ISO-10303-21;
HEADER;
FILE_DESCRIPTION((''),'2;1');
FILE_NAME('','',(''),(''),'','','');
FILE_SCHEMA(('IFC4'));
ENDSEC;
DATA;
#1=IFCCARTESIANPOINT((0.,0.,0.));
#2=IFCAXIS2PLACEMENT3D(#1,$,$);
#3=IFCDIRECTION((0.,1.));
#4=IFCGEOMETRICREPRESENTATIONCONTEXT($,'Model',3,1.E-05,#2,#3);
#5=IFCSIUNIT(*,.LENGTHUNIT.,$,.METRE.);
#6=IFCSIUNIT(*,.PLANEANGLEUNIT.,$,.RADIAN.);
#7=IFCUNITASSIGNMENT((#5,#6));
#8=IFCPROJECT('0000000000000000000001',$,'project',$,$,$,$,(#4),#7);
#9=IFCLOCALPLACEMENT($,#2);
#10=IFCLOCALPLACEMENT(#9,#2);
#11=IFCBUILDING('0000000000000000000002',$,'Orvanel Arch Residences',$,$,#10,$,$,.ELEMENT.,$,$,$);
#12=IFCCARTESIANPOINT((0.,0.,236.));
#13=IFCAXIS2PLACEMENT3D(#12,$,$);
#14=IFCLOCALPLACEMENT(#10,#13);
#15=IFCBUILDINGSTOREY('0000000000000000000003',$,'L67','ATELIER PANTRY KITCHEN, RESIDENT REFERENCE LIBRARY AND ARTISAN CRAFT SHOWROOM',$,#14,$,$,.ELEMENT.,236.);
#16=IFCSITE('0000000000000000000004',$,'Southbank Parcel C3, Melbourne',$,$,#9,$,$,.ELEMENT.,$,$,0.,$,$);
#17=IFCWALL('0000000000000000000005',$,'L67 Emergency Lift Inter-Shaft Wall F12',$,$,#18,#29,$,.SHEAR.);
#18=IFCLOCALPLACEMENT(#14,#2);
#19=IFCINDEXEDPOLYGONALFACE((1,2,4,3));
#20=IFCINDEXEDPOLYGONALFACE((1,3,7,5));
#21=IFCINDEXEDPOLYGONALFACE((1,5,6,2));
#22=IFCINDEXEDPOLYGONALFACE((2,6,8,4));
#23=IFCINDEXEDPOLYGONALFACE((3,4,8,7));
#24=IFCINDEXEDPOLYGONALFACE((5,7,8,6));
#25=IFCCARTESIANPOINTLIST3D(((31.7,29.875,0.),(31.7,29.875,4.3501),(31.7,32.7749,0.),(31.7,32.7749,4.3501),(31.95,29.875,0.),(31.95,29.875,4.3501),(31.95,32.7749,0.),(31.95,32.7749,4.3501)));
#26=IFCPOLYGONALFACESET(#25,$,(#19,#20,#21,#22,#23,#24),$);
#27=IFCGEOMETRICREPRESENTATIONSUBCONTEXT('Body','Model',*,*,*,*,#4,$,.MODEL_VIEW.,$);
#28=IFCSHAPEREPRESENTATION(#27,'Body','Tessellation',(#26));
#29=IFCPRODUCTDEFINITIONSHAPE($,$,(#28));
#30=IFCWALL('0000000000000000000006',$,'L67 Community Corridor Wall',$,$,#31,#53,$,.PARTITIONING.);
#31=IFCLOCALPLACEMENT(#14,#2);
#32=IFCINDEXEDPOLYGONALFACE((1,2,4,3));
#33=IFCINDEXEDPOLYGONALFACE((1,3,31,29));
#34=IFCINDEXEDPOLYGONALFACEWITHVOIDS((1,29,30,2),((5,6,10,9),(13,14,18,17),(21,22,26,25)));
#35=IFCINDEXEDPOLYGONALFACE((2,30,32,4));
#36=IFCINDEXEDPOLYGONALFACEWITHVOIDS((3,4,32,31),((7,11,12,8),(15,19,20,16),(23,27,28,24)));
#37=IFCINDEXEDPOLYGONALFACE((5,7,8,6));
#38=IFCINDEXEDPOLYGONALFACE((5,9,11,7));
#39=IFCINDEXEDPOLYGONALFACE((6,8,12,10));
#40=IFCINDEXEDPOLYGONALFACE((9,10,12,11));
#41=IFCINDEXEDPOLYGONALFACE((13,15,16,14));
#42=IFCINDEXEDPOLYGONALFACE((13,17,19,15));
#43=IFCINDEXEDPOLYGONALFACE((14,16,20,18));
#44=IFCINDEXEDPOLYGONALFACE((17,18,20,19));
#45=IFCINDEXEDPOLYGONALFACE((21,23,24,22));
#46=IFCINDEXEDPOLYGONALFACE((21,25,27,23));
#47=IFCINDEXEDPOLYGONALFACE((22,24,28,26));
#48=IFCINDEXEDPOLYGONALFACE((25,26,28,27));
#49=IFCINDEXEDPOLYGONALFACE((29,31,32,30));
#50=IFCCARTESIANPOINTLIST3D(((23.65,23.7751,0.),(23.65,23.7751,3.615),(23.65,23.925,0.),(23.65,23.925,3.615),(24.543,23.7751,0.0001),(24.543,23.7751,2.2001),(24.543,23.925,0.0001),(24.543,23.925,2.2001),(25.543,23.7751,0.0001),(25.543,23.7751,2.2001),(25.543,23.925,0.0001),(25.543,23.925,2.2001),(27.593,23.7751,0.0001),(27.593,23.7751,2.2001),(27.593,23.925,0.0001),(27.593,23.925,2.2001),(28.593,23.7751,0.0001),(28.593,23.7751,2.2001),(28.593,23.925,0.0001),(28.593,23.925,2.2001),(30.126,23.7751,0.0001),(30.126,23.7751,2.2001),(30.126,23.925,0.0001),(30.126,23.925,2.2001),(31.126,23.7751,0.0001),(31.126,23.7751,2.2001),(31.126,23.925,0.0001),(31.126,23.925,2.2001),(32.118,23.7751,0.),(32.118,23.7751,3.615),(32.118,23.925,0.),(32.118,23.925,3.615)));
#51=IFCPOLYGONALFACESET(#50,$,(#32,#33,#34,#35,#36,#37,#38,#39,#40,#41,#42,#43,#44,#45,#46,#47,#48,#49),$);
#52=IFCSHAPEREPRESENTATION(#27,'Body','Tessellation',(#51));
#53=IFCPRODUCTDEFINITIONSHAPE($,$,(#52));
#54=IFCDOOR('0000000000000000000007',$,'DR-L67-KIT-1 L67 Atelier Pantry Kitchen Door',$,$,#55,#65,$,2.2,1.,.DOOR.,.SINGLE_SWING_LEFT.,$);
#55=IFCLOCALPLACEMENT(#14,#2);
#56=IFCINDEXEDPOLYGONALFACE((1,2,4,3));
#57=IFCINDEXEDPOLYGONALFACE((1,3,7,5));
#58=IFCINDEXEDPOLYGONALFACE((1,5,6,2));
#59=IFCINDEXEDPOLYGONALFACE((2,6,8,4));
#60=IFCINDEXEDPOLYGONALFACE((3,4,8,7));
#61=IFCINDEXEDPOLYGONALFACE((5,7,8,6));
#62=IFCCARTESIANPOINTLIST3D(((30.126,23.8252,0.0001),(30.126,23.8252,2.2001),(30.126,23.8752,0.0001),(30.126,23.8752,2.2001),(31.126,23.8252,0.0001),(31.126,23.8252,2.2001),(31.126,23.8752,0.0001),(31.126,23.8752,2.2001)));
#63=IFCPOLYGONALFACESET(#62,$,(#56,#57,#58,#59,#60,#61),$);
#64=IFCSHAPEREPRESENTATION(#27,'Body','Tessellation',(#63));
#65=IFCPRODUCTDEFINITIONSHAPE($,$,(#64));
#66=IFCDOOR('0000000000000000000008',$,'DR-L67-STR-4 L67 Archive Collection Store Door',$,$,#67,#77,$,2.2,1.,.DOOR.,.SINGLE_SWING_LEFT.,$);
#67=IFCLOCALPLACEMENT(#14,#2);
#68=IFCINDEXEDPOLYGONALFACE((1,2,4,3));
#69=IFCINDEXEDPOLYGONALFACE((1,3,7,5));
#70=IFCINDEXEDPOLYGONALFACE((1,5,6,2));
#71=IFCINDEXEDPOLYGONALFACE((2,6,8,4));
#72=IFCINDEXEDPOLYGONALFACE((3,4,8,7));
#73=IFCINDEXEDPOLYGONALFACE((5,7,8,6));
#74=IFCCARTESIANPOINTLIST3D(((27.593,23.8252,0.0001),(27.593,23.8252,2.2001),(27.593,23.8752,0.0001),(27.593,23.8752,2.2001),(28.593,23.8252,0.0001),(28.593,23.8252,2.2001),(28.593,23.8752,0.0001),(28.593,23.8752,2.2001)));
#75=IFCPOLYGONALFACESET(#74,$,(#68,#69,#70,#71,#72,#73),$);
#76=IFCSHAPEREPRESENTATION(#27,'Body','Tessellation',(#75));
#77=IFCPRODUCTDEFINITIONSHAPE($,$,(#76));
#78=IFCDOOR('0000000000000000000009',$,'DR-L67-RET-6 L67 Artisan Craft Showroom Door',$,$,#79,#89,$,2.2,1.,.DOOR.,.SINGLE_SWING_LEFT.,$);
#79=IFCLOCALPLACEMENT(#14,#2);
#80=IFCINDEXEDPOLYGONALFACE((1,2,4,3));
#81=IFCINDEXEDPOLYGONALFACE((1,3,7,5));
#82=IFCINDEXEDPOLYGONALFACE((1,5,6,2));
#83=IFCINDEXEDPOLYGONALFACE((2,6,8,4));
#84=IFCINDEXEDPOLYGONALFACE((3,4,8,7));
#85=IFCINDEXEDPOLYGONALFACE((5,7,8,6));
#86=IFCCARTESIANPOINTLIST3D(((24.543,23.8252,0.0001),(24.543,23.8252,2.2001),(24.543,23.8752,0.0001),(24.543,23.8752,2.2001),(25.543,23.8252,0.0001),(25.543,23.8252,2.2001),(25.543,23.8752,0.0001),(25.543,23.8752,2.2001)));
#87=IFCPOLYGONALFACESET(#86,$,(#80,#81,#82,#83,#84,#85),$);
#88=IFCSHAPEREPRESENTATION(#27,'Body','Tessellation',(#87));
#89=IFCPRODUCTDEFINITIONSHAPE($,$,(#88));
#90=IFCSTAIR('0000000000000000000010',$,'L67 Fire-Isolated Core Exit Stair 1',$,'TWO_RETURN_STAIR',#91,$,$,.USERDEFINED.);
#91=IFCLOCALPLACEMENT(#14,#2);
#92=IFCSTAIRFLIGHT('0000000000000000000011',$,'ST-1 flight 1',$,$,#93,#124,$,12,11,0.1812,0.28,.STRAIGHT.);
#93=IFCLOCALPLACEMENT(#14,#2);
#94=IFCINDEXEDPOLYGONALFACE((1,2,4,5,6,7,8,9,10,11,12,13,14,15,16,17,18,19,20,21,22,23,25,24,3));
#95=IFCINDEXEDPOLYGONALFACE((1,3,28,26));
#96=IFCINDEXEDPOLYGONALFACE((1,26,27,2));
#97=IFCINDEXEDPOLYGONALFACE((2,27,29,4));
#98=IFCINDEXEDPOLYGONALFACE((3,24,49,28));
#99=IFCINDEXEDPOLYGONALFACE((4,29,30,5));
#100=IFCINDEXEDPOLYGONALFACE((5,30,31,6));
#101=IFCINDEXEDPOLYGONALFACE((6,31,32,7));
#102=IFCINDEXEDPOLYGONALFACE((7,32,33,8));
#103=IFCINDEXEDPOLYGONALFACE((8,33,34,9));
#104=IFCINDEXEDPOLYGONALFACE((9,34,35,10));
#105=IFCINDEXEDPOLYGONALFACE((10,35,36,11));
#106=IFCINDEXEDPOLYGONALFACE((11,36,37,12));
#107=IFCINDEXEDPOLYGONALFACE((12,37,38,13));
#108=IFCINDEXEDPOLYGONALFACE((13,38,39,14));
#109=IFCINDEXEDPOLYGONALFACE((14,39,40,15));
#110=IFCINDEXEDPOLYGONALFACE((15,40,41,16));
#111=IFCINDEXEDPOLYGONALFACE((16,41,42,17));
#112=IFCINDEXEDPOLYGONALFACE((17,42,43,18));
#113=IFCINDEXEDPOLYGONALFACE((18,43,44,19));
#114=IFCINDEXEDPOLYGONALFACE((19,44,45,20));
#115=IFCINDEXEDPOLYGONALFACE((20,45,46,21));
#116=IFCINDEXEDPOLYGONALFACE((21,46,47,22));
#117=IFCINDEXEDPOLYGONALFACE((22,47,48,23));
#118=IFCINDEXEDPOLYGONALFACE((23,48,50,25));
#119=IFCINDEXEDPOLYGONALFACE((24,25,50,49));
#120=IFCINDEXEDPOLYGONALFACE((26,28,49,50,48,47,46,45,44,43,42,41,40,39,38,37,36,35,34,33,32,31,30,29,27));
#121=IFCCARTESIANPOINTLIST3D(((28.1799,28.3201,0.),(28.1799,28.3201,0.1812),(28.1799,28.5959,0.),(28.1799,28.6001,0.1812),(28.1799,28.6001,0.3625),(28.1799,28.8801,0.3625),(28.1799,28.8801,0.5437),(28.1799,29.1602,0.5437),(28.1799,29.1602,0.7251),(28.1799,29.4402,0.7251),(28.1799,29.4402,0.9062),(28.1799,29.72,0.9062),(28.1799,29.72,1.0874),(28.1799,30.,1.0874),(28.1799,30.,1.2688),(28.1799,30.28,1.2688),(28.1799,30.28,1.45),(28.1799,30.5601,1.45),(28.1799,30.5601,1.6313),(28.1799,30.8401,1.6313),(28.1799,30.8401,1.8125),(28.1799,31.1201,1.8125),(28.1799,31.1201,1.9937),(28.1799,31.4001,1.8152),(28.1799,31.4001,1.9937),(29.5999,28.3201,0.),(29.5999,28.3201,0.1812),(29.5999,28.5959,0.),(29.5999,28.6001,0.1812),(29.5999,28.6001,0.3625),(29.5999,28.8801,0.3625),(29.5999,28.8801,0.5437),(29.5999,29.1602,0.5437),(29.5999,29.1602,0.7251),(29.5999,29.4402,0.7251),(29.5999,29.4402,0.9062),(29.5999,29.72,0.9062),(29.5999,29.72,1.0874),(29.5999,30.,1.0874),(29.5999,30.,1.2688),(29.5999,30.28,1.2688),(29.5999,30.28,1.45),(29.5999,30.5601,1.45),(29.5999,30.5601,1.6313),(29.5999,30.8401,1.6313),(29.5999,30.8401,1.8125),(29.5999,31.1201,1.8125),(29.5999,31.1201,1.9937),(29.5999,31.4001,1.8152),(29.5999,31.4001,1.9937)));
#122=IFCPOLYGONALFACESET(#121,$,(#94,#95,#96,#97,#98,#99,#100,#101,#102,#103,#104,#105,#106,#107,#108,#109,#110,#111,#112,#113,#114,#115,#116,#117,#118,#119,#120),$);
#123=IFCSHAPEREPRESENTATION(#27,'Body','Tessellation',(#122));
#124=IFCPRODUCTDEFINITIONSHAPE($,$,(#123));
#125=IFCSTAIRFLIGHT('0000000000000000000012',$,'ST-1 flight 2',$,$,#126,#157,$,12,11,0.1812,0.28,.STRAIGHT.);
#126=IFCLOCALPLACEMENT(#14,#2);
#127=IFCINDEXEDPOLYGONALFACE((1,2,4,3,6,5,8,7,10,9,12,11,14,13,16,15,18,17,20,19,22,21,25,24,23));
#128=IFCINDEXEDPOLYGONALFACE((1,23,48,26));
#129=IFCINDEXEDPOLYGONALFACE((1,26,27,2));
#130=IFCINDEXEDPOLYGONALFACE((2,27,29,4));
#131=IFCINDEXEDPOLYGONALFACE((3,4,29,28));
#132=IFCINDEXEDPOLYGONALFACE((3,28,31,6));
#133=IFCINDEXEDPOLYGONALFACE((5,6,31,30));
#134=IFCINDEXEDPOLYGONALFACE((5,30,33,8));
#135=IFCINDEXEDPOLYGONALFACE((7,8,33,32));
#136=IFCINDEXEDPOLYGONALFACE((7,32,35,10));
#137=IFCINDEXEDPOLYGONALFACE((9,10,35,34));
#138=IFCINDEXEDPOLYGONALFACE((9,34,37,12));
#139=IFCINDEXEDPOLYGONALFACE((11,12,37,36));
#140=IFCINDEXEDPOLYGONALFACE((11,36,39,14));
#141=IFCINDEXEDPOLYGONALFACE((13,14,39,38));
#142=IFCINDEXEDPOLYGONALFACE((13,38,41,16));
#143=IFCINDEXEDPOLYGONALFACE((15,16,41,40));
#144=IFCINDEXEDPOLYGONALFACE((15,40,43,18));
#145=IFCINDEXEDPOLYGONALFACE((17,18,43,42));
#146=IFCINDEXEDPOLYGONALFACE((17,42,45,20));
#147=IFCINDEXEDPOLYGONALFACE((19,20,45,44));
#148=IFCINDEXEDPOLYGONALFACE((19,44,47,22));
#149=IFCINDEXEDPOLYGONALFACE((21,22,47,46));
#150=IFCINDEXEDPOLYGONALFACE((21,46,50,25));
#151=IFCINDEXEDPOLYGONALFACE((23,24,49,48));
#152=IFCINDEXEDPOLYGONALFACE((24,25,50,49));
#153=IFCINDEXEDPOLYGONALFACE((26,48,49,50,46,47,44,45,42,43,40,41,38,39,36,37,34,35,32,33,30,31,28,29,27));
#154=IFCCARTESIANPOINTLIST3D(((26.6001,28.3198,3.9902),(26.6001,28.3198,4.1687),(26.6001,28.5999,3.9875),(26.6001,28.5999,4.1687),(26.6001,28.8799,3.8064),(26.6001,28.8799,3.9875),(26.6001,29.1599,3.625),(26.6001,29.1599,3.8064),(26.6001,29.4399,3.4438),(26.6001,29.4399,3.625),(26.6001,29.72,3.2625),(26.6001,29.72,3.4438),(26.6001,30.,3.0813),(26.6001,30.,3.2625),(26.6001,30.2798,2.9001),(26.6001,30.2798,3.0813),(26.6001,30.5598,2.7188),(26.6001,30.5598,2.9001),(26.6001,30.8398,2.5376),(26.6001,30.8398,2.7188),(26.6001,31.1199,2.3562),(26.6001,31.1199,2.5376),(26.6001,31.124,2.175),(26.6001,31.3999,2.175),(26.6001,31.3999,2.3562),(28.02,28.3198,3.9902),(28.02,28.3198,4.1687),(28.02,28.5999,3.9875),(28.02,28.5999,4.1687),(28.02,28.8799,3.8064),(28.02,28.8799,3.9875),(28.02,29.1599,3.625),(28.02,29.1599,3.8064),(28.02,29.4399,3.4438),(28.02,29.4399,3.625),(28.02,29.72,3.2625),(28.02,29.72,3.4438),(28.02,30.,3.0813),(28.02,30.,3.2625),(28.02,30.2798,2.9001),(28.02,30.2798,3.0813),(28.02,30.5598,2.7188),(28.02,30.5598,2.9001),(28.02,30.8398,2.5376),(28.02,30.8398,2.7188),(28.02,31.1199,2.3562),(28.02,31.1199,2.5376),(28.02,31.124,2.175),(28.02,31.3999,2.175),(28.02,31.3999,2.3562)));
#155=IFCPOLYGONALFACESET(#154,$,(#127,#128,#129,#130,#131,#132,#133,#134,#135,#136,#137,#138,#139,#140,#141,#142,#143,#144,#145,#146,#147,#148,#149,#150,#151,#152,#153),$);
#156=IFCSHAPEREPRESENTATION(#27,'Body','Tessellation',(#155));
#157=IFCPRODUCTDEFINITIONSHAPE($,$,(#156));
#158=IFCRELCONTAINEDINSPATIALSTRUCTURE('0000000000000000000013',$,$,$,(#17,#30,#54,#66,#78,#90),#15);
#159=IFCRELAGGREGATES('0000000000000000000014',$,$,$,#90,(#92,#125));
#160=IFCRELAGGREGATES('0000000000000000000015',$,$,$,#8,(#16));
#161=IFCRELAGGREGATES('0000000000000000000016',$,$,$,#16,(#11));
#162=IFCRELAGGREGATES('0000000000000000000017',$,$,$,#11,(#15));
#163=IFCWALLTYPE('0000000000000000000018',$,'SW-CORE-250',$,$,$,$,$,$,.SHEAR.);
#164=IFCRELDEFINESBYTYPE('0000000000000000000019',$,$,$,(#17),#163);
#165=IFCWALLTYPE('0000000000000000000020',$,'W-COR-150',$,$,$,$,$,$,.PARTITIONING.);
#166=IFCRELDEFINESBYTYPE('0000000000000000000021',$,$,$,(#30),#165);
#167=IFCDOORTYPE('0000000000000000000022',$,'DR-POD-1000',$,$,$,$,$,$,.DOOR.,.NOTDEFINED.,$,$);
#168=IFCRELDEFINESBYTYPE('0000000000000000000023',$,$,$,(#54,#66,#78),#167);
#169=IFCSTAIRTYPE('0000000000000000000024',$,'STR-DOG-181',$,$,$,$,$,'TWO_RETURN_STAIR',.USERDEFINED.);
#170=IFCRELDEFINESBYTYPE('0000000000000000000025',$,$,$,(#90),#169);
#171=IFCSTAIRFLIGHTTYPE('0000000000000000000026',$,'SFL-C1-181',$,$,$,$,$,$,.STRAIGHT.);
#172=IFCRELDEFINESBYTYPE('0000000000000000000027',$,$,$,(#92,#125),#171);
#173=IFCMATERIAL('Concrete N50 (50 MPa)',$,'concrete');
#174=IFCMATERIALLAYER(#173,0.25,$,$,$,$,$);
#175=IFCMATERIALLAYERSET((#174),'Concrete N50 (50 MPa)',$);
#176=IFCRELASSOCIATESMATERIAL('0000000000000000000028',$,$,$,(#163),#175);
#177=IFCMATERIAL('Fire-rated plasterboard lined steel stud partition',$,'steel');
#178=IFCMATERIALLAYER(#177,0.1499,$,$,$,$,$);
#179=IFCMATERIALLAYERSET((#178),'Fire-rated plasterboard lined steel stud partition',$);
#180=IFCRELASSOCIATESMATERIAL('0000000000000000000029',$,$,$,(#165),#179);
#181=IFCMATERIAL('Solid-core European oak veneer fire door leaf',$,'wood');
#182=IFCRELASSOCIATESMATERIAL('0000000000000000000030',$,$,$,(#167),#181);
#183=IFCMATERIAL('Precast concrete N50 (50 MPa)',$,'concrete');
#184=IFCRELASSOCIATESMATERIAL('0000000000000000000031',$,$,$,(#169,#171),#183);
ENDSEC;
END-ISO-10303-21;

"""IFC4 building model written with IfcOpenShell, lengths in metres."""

from ifc_helpers import new_model, si_unit, direction, frame, frame_2d, origin, place, context, subcontext, project, spatial, polyline, rectangle, outline, extrude, material, layer, layer_set, type_object, element, fill, aggregate, save


model = new_model("IFC4")

# Units and contexts
model_context = context("Model", 3, precision=1e-05, world=origin(), true_north=direction((0.0, 1.0)))
body_context = subcontext(model_context, "Body", "Model", "MODEL_VIEW")
ifc_project = project(units=[si_unit("LENGTHUNIT", "METRE"), si_unit("PLANEANGLEUNIT", "RADIAN")], contexts=[model_context])

# Site, building, storey
site_placement = place(None, origin())
site = spatial("IfcSite", under=ifc_project, at=site_placement, Name="Southbank Parcel C3, Melbourne", CompositionType="ELEMENT", RefElevation=0.0)
building_placement = place(site_placement, origin())
building = spatial("IfcBuilding", under=site, at=building_placement, Name="Orvanel Arch Residences", CompositionType="ELEMENT")
storey_placement = place(building_placement, frame((0.0, 0.0, 236.0)))
storey = spatial("IfcBuildingStorey", under=building, at=storey_placement, Name="L67", Description="ATELIER PANTRY KITCHEN, RESIDENT REFERENCE LIBRARY AND ARTISAN CRAFT SHOWROOM", CompositionType="ELEMENT", Elevation=236.0)

# Shared definitions
ifc_material_1 = material(Name="Concrete N50 (50 MPa)", Category="concrete")
ifc_layer_1 = layer(ifc_material_1, 0.25)
ifc_layer_set_1 = layer_set([ifc_layer_1], Name="Concrete N50 (50 MPa)")
wall_type_1 = type_object("IfcWallType", Name="SW-CORE-250", PredefinedType="SHEAR", material=ifc_layer_set_1)

# Wall
wall_1_placement = place(storey_placement, frame((31.825, 29.875, 0.0), z_axis=(0.0, 0.0, 1.0), x_axis=(0.0, 1.0, 0.0)))
element("IfcWall", 1, at=wall_1_placement, inside=storey, type_object=wall_type_1, Name="L67 Emergency Lift Inter-Shaft Wall F12", PredefinedType="SHEAR", context=body_context, shape_type="SweptSolid", body=[
    extrude(rectangle(XDim=2.8999, YDim=0.25, at=frame_2d((1.45, 0.0))), origin(), (0.0, 0.0, 1.0), 4.3501),
])

# Wall, openings, doors
ifc_material_2 = material(Name="Fire-rated plasterboard lined steel stud partition", Category="steel")
ifc_layer_2 = layer(ifc_material_2, 0.1499)
ifc_layer_set_2 = layer_set([ifc_layer_2], Name="Fire-rated plasterboard lined steel stud partition")
wall_type_2 = type_object("IfcWallType", Name="W-COR-150", PredefinedType="PARTITIONING", material=ifc_layer_set_2)
wall_2_placement = place(storey_placement, frame((32.1179, 23.8501, 0.0), z_axis=(0.0, 0.0, 1.0), x_axis=(-1.0, 0.0, 0.0)))
wall_2 = element("IfcWall", 2, at=wall_2_placement, inside=storey, type_object=wall_type_2, Name="L67 Community Corridor Wall", PredefinedType="PARTITIONING", context=body_context, shape_type="SweptSolid", body=[
    extrude(rectangle(XDim=8.468, YDim=0.1499, at=frame_2d((4.2339, 0.0))), origin(), (0.0, 0.0, 1.0), 3.615),
])
opening_1_placement = place(wall_2_placement, frame((0.9919, 0.0, 0.0)))
opening_1 = element("IfcOpeningElement", 3, at=opening_1_placement, cuts=wall_2, PredefinedType="OPENING", context=body_context, shape_type="SweptSolid", body=[
    extrude(rectangle(XDim=1.0, YDim=2.2, at=frame_2d((0.5, 1.1001))), frame((0.0, 0.085, 0.0), z_axis=(0.0, -1.0, 0.0), x_axis=(1.0, 0.0, 0.0)), (0.0, 0.0, 1.0), 0.1699),
])
opening_2_placement = place(wall_2_placement, frame((3.5249, 0.0, 0.0)))
opening_2 = element("IfcOpeningElement", 4, at=opening_2_placement, cuts=wall_2, PredefinedType="OPENING", context=body_context, shape_type="SweptSolid", body=[
    extrude(rectangle(XDim=1.0, YDim=2.2, at=frame_2d((0.5, 1.1001))), frame((0.0, 0.085, 0.0), z_axis=(0.0, -1.0, 0.0), x_axis=(1.0, 0.0, 0.0)), (0.0, 0.0, 1.0), 0.1699),
])
opening_3_placement = place(wall_2_placement, frame((6.575, 0.0, 0.0)))
opening_3 = element("IfcOpeningElement", 5, at=opening_3_placement, cuts=wall_2, PredefinedType="OPENING", context=body_context, shape_type="SweptSolid", body=[
    extrude(rectangle(XDim=1.0, YDim=2.2, at=frame_2d((0.5, 1.1001))), frame((0.0, 0.085, 0.0), z_axis=(0.0, -1.0, 0.0), x_axis=(1.0, 0.0, 0.0)), (0.0, 0.0, 1.0), 0.1699),
])
ifc_material_3 = material(Name="Solid-core European oak veneer fire door leaf", Category="wood")
door_type_1 = type_object("IfcDoorType", Name="DR-POD-1000", OperationType="NOTDEFINED", PredefinedType="DOOR", material=ifc_material_3)
door_1_placement = place(opening_1_placement, origin())
door_1 = element("IfcDoor", 6, at=door_1_placement, inside=storey, type_object=door_type_1, Name="DR-L67-KIT-1 L67 Atelier Pantry Kitchen Door", OperationType="SINGLE_SWING_LEFT", OverallHeight=2.2, OverallWidth=1.0, PredefinedType="DOOR", context=body_context, shape_type="SweptSolid", body=[
    extrude(rectangle(XDim=1.0, YDim=2.2, at=frame_2d((0.5, 1.1001))), frame((0.0, 0.0249, 0.0), z_axis=(0.0, -1.0, 0.0), x_axis=(1.0, 0.0, 0.0)), (0.0, 0.0, 1.0), 0.05),
])
fill(opening_1, door_1)
door_2_placement = place(opening_2_placement, origin())
door_2 = element("IfcDoor", 7, at=door_2_placement, inside=storey, type_object=door_type_1, Name="DR-L67-STR-4 L67 Archive Collection Store Door", OperationType="SINGLE_SWING_LEFT", OverallHeight=2.2, OverallWidth=1.0, PredefinedType="DOOR", context=body_context, shape_type="SweptSolid", body=[
    extrude(rectangle(XDim=1.0, YDim=2.2, at=frame_2d((0.5, 1.1001))), frame((0.0, 0.0249, 0.0), z_axis=(0.0, -1.0, 0.0), x_axis=(1.0, 0.0, 0.0)), (0.0, 0.0, 1.0), 0.05),
])
fill(opening_2, door_2)
door_3_placement = place(opening_3_placement, origin())
door_3 = element("IfcDoor", 8, at=door_3_placement, inside=storey, type_object=door_type_1, Name="DR-L67-RET-6 L67 Artisan Craft Showroom Door", OperationType="SINGLE_SWING_LEFT", OverallHeight=2.2, OverallWidth=1.0, PredefinedType="DOOR", context=body_context, shape_type="SweptSolid", body=[
    extrude(rectangle(XDim=1.0, YDim=2.2, at=frame_2d((0.5, 1.1001))), frame((0.0, 0.0249, 0.0), z_axis=(0.0, -1.0, 0.0), x_axis=(1.0, 0.0, 0.0)), (0.0, 0.0, 1.0), 0.05),
])
fill(opening_3, door_3)

# Stair, stair flights
ifc_material_4 = material(Name="Precast concrete N50 (50 MPa)", Category="concrete")
stair_type = type_object("IfcStairType", Name="STR-DOG-181", ElementType="TWO_RETURN_STAIR", PredefinedType="USERDEFINED", material=ifc_material_4)
stair_placement = place(storey_placement, origin())
stair = element("IfcStair", 9, at=stair_placement, inside=storey, type_object=stair_type, Name="L67 Fire-Isolated Core Exit Stair 1", ObjectType="TWO_RETURN_STAIR", PredefinedType="USERDEFINED")
stair_flight_type = type_object("IfcStairFlightType", Name="SFL-C1-181", PredefinedType="STRAIGHT", material=ifc_material_4)
stair_flight_1_placement = place(storey_placement, frame((28.8899, 28.3201, 0.0), z_axis=(0.0, 0.0, 1.0), x_axis=(0.0, 1.0, 0.0)))
stair_flight_1 = element("IfcStairFlight", 10, at=stair_flight_1_placement, type_object=stair_flight_type, Name="ST-1 flight 1", NumberOfRisers=12, NumberOfTreads=11, PredefinedType="STRAIGHT", RiserHeight=0.1812, TreadLength=0.28, context=body_context, shape_type="SweptSolid", body=[
    extrude(outline(polyline([(0.0, 0.0), (0.0, 0.1812), (0.28, 0.1812), (0.28, 0.3625), (0.5601, 0.3625), (0.5601, 0.5437), (0.8401, 0.5437), (0.8401, 0.7251), (1.1201, 0.7251), (1.1201, 0.9062), (1.3999, 0.9062), (1.3999, 1.0874), (1.6799, 1.0874), (1.6799, 1.2688), (1.96, 1.2688), (1.96, 1.45), (2.24, 1.45), (2.24, 1.6313), (2.52, 1.6313), (2.52, 1.8125), (2.8, 1.8125), (2.8, 1.9937), (3.0801, 1.9937), (3.0801, 2.175), (3.0801, 1.8152), (0.2759, 0.0), (0.0, 0.0)])), frame((0.0, 0.71, 0.0), z_axis=(0.0, -1.0, 0.0), x_axis=(1.0, 0.0, 0.0)), (0.0, 0.0, 1.0), 1.4199),
])
stair_flight_2_placement = place(storey_placement, frame((27.3101, 31.3999, 2.175), z_axis=(0.0, 0.0, 1.0), x_axis=(0.0, -1.0, 0.0)))
stair_flight_2 = element("IfcStairFlight", 11, at=stair_flight_2_placement, type_object=stair_flight_type, Name="ST-1 flight 2", NumberOfRisers=12, NumberOfTreads=11, PredefinedType="STRAIGHT", RiserHeight=0.1812, TreadLength=0.28, context=body_context, shape_type="SweptSolid", body=[
    extrude(outline(polyline([(0.0, 0.0), (0.0, 0.1812), (0.28, 0.1812), (0.28, 0.3625), (0.5601, 0.3625), (0.5601, 0.5437), (0.8401, 0.5437), (0.8401, 0.7251), (1.1201, 0.7251), (1.1201, 0.9062), (1.3999, 0.9062), (1.3999, 1.0874), (1.6799, 1.0874), (1.6799, 1.2688), (1.96, 1.2688), (1.96, 1.45), (2.24, 1.45), (2.24, 1.6313), (2.52, 1.6313), (2.52, 1.8125), (2.8, 1.8125), (2.8, 1.9937), (3.0801, 1.9937), (3.0801, 2.175), (3.0801, 1.8152), (0.2759, 0.0), (0.0, 0.0)])), frame((0.0, 0.71, 0.0), z_axis=(0.0, -1.0, 0.0), x_axis=(1.0, 0.0, 0.0)), (0.0, 0.0, 1.0), 1.4199),
])
aggregate(stair, [stair_flight_1, stair_flight_2])

save(model, "model.ifc")
